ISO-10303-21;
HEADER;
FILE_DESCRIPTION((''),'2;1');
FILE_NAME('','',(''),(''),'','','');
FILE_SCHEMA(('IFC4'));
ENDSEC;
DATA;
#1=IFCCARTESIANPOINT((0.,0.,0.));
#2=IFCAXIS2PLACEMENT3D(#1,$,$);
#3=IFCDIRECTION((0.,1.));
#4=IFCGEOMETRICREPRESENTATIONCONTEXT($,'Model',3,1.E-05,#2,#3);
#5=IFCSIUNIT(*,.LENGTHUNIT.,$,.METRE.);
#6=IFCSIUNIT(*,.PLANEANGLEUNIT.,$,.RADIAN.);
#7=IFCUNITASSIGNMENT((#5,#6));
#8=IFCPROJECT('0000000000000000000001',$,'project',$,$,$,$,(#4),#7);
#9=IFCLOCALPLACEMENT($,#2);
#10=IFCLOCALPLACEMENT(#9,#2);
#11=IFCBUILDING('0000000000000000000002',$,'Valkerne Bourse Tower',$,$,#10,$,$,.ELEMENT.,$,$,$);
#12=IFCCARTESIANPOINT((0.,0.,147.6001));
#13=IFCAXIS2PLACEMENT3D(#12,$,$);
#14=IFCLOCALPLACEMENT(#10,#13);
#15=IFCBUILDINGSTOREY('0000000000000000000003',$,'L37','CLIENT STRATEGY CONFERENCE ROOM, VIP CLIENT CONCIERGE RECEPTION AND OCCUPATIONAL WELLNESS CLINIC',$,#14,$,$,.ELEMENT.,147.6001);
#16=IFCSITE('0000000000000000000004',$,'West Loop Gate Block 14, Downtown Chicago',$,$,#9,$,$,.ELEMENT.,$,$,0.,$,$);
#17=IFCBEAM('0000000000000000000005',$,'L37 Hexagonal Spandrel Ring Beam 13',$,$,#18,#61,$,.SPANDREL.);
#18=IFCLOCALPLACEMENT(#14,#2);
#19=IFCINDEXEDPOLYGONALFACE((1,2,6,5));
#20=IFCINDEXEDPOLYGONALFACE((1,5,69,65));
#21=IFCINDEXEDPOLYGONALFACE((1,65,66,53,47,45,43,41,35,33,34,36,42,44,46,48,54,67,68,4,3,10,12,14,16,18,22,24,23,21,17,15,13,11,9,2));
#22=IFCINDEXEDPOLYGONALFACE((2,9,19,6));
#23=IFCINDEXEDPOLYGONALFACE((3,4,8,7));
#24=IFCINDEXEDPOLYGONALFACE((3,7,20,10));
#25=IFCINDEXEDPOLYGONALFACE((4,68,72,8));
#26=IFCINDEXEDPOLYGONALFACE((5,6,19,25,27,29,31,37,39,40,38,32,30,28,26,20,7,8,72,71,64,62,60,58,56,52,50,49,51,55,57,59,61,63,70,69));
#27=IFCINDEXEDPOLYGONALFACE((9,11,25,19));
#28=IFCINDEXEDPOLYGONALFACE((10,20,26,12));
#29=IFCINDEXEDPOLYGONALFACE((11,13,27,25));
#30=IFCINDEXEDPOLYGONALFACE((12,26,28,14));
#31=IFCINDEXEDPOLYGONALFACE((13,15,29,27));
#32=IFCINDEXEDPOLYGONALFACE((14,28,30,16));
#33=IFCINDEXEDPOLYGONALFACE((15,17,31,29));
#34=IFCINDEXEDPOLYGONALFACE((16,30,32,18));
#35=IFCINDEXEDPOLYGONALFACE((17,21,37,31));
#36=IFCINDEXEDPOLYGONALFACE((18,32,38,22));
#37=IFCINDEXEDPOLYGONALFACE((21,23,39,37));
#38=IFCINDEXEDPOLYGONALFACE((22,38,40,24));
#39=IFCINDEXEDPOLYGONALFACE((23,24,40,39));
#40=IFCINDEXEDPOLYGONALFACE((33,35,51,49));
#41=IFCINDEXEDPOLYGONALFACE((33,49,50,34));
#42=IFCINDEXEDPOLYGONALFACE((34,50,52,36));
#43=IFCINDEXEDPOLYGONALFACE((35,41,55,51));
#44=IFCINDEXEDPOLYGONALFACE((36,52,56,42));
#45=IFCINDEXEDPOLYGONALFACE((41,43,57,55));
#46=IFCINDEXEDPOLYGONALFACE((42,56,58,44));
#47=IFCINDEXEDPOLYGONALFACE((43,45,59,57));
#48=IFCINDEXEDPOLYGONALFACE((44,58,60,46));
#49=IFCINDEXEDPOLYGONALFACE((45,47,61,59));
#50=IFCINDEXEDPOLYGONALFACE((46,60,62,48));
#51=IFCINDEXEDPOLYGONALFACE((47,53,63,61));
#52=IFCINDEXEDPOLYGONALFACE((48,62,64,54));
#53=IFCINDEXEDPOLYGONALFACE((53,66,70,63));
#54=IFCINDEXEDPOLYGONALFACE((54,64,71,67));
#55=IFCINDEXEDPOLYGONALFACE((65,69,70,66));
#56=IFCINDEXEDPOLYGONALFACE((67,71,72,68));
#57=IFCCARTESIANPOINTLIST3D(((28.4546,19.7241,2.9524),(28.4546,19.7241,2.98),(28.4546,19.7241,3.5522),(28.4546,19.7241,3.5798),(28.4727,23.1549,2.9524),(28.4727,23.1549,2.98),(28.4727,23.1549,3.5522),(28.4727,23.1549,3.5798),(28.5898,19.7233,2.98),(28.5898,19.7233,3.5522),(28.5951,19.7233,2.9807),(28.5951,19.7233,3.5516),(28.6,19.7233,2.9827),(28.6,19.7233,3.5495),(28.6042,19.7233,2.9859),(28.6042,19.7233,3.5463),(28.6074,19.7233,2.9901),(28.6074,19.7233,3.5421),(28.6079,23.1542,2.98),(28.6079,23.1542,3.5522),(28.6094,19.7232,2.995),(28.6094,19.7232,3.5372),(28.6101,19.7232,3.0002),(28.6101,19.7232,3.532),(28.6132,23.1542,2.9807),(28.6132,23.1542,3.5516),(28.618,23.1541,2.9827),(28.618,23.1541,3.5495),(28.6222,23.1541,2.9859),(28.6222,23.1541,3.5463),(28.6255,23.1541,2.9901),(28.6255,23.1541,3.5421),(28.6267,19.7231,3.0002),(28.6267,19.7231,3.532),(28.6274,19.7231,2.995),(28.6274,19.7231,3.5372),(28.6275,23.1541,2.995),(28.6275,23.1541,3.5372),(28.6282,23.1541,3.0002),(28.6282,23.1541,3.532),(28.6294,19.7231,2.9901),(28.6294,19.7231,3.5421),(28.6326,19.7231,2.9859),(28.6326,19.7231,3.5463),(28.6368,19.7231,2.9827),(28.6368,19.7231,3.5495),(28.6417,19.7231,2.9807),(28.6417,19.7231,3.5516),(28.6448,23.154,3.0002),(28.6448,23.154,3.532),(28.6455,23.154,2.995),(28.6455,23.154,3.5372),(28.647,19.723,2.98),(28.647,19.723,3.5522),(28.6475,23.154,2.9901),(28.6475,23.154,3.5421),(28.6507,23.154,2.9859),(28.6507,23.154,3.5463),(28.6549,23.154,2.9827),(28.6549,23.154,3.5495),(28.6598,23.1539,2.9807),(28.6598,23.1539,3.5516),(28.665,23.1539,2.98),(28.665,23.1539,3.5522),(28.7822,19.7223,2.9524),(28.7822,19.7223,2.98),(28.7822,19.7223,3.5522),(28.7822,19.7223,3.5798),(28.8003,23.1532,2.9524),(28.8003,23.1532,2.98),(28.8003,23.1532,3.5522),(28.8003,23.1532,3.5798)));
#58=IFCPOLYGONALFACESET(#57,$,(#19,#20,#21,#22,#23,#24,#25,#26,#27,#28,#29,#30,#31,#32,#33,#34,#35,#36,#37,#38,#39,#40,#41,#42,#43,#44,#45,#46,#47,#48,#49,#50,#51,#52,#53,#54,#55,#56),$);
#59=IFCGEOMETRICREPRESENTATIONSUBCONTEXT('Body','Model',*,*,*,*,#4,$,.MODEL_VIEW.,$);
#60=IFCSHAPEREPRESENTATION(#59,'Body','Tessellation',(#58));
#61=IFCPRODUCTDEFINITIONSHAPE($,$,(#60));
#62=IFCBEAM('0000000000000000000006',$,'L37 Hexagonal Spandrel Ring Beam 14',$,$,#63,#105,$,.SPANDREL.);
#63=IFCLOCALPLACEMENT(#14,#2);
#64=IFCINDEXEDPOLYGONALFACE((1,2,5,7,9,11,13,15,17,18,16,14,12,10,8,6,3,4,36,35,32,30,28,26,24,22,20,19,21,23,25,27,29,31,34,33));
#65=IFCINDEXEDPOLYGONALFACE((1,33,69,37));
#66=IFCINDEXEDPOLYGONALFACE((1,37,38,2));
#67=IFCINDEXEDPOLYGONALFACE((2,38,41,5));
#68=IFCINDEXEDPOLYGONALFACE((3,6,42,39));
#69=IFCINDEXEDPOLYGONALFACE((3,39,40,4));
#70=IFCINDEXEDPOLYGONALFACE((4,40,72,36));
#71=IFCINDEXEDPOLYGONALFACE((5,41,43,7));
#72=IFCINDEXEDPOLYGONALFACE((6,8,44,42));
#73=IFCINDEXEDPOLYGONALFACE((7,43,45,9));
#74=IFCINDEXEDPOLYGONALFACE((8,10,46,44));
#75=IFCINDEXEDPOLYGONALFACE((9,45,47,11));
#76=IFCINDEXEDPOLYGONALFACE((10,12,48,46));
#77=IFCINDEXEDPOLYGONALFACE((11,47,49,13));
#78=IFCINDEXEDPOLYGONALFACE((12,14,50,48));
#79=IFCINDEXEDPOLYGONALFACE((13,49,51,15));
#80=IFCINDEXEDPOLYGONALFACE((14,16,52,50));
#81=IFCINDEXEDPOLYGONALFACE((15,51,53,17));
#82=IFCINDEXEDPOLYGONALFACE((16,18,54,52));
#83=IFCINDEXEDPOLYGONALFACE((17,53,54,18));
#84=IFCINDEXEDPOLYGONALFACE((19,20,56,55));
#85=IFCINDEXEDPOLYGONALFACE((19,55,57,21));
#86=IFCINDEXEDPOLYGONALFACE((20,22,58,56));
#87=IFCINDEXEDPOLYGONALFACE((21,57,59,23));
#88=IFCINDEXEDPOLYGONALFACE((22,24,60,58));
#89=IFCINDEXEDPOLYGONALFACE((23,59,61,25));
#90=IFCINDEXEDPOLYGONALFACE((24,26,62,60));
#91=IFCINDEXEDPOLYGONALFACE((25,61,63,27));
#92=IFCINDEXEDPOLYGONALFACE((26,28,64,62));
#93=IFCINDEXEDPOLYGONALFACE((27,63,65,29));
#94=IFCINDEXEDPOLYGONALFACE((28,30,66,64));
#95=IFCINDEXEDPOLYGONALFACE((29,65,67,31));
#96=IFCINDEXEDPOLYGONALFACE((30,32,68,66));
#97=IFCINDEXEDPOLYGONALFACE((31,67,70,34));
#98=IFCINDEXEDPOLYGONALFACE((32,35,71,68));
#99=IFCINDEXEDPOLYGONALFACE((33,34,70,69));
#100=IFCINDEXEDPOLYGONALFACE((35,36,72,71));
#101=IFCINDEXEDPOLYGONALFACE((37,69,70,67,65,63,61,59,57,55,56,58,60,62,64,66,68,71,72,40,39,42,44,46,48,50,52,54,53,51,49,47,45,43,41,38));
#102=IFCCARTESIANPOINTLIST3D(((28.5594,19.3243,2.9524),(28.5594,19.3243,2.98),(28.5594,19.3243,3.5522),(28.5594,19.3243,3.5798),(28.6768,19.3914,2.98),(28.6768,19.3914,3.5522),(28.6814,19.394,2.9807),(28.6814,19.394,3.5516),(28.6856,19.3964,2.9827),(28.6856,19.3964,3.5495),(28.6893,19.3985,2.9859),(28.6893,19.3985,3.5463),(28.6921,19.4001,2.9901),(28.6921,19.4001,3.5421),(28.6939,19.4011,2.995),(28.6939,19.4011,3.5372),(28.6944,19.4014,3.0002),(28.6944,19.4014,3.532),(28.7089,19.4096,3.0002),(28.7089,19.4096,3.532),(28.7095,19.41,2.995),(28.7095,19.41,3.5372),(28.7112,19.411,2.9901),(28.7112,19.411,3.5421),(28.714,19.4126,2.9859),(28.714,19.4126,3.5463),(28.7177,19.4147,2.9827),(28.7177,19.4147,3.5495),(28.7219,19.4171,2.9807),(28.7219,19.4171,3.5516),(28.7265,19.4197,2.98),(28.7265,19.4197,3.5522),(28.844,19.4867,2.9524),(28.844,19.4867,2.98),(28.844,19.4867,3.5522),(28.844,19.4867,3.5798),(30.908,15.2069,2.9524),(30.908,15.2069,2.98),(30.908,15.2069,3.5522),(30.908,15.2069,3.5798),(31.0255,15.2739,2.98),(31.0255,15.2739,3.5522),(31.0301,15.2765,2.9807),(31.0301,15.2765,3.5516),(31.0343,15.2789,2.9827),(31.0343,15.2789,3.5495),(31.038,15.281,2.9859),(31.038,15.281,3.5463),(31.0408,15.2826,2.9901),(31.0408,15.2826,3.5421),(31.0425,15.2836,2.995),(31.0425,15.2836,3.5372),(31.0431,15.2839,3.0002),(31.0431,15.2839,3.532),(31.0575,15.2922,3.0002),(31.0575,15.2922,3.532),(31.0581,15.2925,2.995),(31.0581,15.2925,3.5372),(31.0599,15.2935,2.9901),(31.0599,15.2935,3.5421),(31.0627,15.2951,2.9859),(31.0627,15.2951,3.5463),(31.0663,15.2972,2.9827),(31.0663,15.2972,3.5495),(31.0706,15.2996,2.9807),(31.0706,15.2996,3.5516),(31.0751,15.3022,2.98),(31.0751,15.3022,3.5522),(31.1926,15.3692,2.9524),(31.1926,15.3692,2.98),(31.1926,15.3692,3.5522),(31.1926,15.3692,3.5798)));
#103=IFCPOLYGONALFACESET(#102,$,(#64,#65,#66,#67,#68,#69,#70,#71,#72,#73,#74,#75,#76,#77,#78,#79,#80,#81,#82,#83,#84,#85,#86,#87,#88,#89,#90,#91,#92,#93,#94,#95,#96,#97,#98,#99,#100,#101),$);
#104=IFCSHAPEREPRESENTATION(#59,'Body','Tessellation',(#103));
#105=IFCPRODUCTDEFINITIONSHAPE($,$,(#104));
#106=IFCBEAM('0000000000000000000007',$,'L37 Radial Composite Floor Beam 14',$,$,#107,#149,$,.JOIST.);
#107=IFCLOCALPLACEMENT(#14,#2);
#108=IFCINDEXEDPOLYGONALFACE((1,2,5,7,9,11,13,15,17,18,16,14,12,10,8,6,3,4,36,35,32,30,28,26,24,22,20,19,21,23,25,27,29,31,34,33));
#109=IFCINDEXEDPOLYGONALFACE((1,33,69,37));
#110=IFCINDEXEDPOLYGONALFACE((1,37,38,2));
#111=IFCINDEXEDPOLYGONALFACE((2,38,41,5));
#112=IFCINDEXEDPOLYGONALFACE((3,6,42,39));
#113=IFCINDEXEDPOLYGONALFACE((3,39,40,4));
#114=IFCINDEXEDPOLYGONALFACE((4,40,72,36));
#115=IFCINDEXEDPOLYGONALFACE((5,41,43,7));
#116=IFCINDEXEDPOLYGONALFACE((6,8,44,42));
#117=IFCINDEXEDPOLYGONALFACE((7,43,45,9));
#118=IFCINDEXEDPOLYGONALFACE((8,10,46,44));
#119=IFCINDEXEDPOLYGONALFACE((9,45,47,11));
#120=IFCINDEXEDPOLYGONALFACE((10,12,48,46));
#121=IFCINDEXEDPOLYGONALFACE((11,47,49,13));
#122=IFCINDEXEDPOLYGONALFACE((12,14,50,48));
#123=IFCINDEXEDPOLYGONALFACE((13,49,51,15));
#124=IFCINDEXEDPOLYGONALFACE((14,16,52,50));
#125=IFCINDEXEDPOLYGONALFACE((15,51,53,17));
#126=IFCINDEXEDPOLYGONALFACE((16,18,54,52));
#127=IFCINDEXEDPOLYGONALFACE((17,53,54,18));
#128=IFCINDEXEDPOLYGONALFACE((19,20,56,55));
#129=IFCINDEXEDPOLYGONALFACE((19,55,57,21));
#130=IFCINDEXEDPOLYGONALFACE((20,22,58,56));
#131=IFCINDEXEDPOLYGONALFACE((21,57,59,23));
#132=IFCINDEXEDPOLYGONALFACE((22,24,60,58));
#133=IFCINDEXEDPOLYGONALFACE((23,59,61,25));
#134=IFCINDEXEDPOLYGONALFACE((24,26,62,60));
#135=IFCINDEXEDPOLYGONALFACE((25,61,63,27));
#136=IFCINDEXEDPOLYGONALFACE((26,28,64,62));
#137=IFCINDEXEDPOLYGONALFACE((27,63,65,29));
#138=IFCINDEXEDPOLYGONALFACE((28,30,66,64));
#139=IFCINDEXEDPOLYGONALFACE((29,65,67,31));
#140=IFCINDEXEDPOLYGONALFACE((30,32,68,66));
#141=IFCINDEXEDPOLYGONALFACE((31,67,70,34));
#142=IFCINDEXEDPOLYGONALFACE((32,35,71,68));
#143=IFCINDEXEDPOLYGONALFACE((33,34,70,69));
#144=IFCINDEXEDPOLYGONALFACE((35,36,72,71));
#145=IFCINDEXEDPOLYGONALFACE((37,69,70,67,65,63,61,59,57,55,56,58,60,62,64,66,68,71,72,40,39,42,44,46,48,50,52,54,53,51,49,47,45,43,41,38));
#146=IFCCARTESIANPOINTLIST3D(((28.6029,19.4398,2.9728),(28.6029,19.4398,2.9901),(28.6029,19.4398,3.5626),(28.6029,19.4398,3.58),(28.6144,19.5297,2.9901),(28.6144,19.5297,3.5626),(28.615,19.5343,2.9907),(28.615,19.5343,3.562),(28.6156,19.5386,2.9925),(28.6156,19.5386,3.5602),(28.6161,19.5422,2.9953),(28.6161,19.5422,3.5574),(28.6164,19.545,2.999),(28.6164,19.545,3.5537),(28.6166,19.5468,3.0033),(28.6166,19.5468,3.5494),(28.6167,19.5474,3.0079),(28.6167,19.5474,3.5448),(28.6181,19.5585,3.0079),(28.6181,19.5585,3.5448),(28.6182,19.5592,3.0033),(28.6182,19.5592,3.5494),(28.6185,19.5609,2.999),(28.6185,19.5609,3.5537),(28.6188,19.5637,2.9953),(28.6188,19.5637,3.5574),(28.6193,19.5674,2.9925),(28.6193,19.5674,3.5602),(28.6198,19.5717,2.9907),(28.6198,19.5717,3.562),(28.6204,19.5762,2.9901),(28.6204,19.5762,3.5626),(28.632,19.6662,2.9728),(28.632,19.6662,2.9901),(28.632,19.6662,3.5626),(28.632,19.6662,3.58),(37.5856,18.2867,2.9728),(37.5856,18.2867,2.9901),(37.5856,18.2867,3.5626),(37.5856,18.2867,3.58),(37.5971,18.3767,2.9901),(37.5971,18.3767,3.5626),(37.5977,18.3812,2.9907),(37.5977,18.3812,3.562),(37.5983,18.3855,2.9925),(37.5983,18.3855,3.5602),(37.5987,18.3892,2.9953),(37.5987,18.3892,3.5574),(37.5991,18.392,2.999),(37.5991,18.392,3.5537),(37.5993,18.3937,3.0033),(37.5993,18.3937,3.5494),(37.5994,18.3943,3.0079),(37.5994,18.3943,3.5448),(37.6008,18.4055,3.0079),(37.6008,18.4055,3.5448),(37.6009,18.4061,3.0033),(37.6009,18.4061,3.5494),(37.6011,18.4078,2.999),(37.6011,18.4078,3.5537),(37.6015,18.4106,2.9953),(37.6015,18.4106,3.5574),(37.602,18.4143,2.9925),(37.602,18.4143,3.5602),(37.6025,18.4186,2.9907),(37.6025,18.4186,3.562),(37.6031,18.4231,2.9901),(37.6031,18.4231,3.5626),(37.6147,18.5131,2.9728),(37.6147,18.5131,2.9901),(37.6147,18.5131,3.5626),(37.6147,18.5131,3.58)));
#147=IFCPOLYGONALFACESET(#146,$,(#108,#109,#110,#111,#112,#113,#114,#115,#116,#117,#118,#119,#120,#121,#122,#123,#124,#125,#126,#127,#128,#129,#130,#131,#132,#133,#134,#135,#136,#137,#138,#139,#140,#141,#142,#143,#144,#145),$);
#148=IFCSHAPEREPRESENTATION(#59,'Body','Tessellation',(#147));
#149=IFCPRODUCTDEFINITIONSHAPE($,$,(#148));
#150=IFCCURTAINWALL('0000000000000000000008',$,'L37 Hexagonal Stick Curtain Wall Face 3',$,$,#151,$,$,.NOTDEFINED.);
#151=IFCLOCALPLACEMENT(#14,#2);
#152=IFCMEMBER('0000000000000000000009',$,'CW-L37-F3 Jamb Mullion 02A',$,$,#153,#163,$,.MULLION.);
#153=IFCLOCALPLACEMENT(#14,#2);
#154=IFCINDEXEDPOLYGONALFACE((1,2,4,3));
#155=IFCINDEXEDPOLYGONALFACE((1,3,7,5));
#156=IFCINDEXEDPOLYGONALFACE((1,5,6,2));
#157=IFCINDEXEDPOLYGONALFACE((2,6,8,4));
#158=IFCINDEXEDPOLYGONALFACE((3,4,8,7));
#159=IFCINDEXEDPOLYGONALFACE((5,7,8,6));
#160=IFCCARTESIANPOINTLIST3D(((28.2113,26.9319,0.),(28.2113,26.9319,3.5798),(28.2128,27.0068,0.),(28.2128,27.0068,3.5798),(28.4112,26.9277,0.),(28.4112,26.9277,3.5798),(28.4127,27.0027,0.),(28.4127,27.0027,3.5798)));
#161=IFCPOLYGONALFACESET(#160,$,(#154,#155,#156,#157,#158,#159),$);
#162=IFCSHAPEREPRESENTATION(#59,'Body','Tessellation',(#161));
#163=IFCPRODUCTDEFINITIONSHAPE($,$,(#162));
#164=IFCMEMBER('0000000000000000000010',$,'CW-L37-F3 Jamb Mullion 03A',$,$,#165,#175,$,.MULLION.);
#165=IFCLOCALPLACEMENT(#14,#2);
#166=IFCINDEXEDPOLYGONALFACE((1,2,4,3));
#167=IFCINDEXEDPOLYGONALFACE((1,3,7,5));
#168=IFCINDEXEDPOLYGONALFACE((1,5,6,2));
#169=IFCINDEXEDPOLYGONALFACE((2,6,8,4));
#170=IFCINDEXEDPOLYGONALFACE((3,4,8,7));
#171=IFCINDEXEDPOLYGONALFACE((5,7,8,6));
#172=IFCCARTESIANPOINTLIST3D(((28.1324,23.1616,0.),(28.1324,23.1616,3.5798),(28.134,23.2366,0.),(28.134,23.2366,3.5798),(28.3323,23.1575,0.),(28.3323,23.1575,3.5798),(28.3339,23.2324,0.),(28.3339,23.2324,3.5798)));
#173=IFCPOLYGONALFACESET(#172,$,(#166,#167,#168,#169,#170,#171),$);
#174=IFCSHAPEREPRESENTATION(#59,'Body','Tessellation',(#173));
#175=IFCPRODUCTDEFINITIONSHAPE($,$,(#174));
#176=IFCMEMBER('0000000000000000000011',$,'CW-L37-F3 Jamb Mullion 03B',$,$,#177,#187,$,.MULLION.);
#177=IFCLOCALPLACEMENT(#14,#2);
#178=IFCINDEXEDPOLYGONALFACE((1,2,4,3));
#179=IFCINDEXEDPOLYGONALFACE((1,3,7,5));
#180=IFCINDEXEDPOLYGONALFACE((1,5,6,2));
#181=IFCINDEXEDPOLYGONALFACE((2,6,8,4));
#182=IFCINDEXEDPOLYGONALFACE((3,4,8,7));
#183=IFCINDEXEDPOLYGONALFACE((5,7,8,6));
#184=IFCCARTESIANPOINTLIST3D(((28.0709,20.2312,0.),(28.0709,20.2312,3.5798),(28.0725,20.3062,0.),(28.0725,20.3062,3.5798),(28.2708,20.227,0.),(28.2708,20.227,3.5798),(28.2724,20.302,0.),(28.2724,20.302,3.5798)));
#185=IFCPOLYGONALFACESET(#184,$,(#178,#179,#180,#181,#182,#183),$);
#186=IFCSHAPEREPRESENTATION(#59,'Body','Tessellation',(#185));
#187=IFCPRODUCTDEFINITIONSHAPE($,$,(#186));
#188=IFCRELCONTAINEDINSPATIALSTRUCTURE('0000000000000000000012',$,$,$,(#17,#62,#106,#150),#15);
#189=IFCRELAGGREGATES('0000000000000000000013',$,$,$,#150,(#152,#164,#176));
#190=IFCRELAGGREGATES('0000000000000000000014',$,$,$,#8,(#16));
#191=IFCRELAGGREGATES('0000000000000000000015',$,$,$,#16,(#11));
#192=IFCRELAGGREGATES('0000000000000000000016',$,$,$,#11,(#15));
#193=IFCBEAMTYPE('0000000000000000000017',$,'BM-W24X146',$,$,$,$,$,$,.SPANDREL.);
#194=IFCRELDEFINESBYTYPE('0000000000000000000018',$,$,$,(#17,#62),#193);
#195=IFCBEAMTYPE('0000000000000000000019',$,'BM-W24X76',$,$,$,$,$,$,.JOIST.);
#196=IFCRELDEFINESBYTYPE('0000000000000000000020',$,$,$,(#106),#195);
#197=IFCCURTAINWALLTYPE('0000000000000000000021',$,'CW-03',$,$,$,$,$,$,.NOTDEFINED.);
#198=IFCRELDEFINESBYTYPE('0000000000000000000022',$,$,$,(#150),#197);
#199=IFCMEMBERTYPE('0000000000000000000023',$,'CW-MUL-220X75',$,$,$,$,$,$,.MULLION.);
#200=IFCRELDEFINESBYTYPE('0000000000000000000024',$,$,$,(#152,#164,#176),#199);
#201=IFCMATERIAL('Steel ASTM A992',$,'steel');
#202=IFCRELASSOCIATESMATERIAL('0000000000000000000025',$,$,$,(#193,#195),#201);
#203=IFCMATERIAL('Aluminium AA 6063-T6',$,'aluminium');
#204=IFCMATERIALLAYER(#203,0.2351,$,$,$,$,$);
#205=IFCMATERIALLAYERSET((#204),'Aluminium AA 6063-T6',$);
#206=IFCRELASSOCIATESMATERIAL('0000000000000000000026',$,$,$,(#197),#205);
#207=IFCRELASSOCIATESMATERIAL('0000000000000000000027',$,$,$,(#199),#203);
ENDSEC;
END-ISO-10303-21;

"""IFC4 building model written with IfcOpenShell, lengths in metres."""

from ifc_helpers import new_model, si_unit, direction, frame, origin, origin_2d, place, context, subcontext, project, spatial, rectangle, i_section, extrude, material, layer, layer_set, material_profile, profile_set, type_object, element, aggregate, save


model = new_model("IFC4")

# Units and contexts
model_context = context("Model", 3, precision=1e-05, world=origin(), true_north=direction((0.0, 1.0)))
body_context = subcontext(model_context, "Body", "Model", "MODEL_VIEW")
ifc_project = project(units=[si_unit("LENGTHUNIT", "METRE"), si_unit("PLANEANGLEUNIT", "RADIAN")], contexts=[model_context])

# Site, building, storey
site_placement = place(None, origin())
site = spatial("IfcSite", under=ifc_project, at=site_placement, Name="West Loop Gate Block 14, Downtown Chicago", CompositionType="ELEMENT", RefElevation=0.0)
building_placement = place(site_placement, origin())
building = spatial("IfcBuilding", under=site, at=building_placement, Name="Valkerne Bourse Tower", CompositionType="ELEMENT")
storey_placement = place(building_placement, frame((0.0, 0.0, 147.6001)))
storey = spatial("IfcBuildingStorey", under=building, at=storey_placement, Name="L37", Description="CLIENT STRATEGY CONFERENCE ROOM, VIP CLIENT CONCIERGE RECEPTION AND OCCUPATIONAL WELLNESS CLINIC", CompositionType="ELEMENT", Elevation=147.6001)

# Beams
ifc_material_1 = material(Name="Steel ASTM A992", Category="steel")
ifc_material_profile_1 = material_profile(ifc_material_1, i_section(OverallWidth=0.3276, OverallDepth=0.6274, WebThickness=0.0166, FlangeThickness=0.0276, FilletRadius=0.0203, at=origin_2d()), Name="W24X146")
ifc_profile_set_1 = profile_set([ifc_material_profile_1], Name="Steel ASTM A992")
beam_type_1 = type_object("IfcBeamType", Name="BM-W24X146", PredefinedType="SPANDREL", material=ifc_profile_set_1)
beam_1_placement = place(storey_placement, frame((28.6365, 23.1541, 3.2661), z_axis=(-0.005266, -0.999986, 0.0), x_axis=(0.999986, -0.005266, 0.0)))
element("IfcBeam", 1, at=beam_1_placement, inside=storey, type_object=beam_type_1, Name="L37 Hexagonal Spandrel Ring Beam 13", PredefinedType="SPANDREL", context=body_context, shape_type="SweptSolid", body=[
    extrude(i_section(OverallWidth=0.3276, OverallDepth=0.6274, WebThickness=0.0166, FlangeThickness=0.0276, FilletRadius=0.0203, at=origin_2d()), origin(), (0.0, 0.0, 1.0), 3.4309),
])
beam_2_placement = place(storey_placement, frame((28.7017, 19.4055, 3.2661), z_axis=(0.495473, -0.868623, 0.0), x_axis=(0.868623, 0.495473, 0.0)))
element("IfcBeam", 2, at=beam_2_placement, inside=storey, type_object=beam_type_1, Name="L37 Hexagonal Spandrel Ring Beam 14", PredefinedType="SPANDREL", context=body_context, shape_type="SweptSolid", body=[
    extrude(i_section(OverallWidth=0.3276, OverallDepth=0.6274, WebThickness=0.0166, FlangeThickness=0.0276, FilletRadius=0.0203, at=origin_2d()), origin(), (0.0, 0.0, 1.0), 4.7402),
])
ifc_material_profile_2 = material_profile(ifc_material_1, i_section(OverallWidth=0.2283, OverallDepth=0.6072, WebThickness=0.0112, FlangeThickness=0.0173, FilletRadius=0.0178, at=origin_2d()), Name="W24X76")
ifc_profile_set_2 = profile_set([ifc_material_profile_2], Name="Steel ASTM A992")
beam_type_2 = type_object("IfcBeamType", Name="BM-W24X76", PredefinedType="JOIST", material=ifc_profile_set_2)
beam_3_placement = place(storey_placement, frame((28.6174, 19.553, 3.2764), z_axis=(0.991861, -0.127322, 0.0), x_axis=(0.127322, 0.991861, 0.0)))
element("IfcBeam", 3, at=beam_3_placement, inside=storey, type_object=beam_type_2, Name="L37 Radial Composite Floor Beam 14", PredefinedType="JOIST", context=body_context, shape_type="SweptSolid", body=[
    extrude(i_section(OverallWidth=0.2283, OverallDepth=0.6072, WebThickness=0.0112, FlangeThickness=0.0173, FilletRadius=0.0178, at=origin_2d()), origin(), (0.0, 0.0, 1.0), 9.0564),
])

# Curtain wall, members
ifc_material_2 = material(Name="Aluminium AA 6063-T6", Category="aluminium")
ifc_layer_1 = layer(ifc_material_2, 0.2351)
ifc_layer_set_1 = layer_set([ifc_layer_1], Name="Aluminium AA 6063-T6")
curtain_wall_type = type_object("IfcCurtainWallType", Name="CW-03", PredefinedType="NOTDEFINED", material=ifc_layer_set_1)
curtain_wall_placement = place(storey_placement, origin())
curtain_wall = element("IfcCurtainWall", 4, at=curtain_wall_placement, inside=storey, type_object=curtain_wall_type, Name="L37 Hexagonal Stick Curtain Wall Face 3", PredefinedType="NOTDEFINED")
ifc_material_profile_3 = material_profile(ifc_material_2, rectangle(XDim=0.075, YDim=0.2, at=origin_2d()), Name="CWM-75X200")
ifc_profile_set_3 = profile_set([ifc_material_profile_3], Name="Aluminium AA 6063-T6")
member_type_1 = type_object("IfcMemberType", Name="CW-MUL-220X75", PredefinedType="MULLION", material=ifc_profile_set_3)
member_1_placement = place(storey_placement, frame((28.312, 26.9673, 0.0), z_axis=(0.0, 0.0, 1.0), x_axis=(-0.020923, -0.999781, 0.0)))
member_1 = element("IfcMember", 5, at=member_1_placement, type_object=member_type_1, Name="CW-L37-F3 Jamb Mullion 02A", PredefinedType="MULLION", context=body_context, shape_type="SweptSolid", body=[
    extrude(rectangle(XDim=0.075, YDim=0.2, at=origin_2d()), origin(), (0.0, 0.0, 1.0), 3.5798),
])
member_2_placement = place(storey_placement, frame((28.2332, 23.197, 0.0), z_axis=(0.0, 0.0, 1.0), x_axis=(-0.020949, -0.999781, 0.0)))
member_2 = element("IfcMember", 6, at=member_2_placement, type_object=member_type_1, Name="CW-L37-F3 Jamb Mullion 03A", PredefinedType="MULLION", context=body_context, shape_type="SweptSolid", body=[
    extrude(rectangle(XDim=0.075, YDim=0.2, at=origin_2d()), origin(), (0.0, 0.0, 1.0), 3.5798),
])
member_3_placement = place(storey_placement, frame((28.1716, 20.2666, 0.0), z_axis=(0.0, 0.0, 1.0), x_axis=(-0.020949, -0.999781, 0.0)))
member_3 = element("IfcMember", 7, at=member_3_placement, type_object=member_type_1, Name="CW-L37-F3 Jamb Mullion 03B", PredefinedType="MULLION", context=body_context, shape_type="SweptSolid", body=[
    extrude(rectangle(XDim=0.075, YDim=0.2, at=origin_2d()), origin(), (0.0, 0.0, 1.0), 3.5798),
])

aggregate(curtain_wall, [member_1, member_2, member_3])

save(model, "model.ifc")
